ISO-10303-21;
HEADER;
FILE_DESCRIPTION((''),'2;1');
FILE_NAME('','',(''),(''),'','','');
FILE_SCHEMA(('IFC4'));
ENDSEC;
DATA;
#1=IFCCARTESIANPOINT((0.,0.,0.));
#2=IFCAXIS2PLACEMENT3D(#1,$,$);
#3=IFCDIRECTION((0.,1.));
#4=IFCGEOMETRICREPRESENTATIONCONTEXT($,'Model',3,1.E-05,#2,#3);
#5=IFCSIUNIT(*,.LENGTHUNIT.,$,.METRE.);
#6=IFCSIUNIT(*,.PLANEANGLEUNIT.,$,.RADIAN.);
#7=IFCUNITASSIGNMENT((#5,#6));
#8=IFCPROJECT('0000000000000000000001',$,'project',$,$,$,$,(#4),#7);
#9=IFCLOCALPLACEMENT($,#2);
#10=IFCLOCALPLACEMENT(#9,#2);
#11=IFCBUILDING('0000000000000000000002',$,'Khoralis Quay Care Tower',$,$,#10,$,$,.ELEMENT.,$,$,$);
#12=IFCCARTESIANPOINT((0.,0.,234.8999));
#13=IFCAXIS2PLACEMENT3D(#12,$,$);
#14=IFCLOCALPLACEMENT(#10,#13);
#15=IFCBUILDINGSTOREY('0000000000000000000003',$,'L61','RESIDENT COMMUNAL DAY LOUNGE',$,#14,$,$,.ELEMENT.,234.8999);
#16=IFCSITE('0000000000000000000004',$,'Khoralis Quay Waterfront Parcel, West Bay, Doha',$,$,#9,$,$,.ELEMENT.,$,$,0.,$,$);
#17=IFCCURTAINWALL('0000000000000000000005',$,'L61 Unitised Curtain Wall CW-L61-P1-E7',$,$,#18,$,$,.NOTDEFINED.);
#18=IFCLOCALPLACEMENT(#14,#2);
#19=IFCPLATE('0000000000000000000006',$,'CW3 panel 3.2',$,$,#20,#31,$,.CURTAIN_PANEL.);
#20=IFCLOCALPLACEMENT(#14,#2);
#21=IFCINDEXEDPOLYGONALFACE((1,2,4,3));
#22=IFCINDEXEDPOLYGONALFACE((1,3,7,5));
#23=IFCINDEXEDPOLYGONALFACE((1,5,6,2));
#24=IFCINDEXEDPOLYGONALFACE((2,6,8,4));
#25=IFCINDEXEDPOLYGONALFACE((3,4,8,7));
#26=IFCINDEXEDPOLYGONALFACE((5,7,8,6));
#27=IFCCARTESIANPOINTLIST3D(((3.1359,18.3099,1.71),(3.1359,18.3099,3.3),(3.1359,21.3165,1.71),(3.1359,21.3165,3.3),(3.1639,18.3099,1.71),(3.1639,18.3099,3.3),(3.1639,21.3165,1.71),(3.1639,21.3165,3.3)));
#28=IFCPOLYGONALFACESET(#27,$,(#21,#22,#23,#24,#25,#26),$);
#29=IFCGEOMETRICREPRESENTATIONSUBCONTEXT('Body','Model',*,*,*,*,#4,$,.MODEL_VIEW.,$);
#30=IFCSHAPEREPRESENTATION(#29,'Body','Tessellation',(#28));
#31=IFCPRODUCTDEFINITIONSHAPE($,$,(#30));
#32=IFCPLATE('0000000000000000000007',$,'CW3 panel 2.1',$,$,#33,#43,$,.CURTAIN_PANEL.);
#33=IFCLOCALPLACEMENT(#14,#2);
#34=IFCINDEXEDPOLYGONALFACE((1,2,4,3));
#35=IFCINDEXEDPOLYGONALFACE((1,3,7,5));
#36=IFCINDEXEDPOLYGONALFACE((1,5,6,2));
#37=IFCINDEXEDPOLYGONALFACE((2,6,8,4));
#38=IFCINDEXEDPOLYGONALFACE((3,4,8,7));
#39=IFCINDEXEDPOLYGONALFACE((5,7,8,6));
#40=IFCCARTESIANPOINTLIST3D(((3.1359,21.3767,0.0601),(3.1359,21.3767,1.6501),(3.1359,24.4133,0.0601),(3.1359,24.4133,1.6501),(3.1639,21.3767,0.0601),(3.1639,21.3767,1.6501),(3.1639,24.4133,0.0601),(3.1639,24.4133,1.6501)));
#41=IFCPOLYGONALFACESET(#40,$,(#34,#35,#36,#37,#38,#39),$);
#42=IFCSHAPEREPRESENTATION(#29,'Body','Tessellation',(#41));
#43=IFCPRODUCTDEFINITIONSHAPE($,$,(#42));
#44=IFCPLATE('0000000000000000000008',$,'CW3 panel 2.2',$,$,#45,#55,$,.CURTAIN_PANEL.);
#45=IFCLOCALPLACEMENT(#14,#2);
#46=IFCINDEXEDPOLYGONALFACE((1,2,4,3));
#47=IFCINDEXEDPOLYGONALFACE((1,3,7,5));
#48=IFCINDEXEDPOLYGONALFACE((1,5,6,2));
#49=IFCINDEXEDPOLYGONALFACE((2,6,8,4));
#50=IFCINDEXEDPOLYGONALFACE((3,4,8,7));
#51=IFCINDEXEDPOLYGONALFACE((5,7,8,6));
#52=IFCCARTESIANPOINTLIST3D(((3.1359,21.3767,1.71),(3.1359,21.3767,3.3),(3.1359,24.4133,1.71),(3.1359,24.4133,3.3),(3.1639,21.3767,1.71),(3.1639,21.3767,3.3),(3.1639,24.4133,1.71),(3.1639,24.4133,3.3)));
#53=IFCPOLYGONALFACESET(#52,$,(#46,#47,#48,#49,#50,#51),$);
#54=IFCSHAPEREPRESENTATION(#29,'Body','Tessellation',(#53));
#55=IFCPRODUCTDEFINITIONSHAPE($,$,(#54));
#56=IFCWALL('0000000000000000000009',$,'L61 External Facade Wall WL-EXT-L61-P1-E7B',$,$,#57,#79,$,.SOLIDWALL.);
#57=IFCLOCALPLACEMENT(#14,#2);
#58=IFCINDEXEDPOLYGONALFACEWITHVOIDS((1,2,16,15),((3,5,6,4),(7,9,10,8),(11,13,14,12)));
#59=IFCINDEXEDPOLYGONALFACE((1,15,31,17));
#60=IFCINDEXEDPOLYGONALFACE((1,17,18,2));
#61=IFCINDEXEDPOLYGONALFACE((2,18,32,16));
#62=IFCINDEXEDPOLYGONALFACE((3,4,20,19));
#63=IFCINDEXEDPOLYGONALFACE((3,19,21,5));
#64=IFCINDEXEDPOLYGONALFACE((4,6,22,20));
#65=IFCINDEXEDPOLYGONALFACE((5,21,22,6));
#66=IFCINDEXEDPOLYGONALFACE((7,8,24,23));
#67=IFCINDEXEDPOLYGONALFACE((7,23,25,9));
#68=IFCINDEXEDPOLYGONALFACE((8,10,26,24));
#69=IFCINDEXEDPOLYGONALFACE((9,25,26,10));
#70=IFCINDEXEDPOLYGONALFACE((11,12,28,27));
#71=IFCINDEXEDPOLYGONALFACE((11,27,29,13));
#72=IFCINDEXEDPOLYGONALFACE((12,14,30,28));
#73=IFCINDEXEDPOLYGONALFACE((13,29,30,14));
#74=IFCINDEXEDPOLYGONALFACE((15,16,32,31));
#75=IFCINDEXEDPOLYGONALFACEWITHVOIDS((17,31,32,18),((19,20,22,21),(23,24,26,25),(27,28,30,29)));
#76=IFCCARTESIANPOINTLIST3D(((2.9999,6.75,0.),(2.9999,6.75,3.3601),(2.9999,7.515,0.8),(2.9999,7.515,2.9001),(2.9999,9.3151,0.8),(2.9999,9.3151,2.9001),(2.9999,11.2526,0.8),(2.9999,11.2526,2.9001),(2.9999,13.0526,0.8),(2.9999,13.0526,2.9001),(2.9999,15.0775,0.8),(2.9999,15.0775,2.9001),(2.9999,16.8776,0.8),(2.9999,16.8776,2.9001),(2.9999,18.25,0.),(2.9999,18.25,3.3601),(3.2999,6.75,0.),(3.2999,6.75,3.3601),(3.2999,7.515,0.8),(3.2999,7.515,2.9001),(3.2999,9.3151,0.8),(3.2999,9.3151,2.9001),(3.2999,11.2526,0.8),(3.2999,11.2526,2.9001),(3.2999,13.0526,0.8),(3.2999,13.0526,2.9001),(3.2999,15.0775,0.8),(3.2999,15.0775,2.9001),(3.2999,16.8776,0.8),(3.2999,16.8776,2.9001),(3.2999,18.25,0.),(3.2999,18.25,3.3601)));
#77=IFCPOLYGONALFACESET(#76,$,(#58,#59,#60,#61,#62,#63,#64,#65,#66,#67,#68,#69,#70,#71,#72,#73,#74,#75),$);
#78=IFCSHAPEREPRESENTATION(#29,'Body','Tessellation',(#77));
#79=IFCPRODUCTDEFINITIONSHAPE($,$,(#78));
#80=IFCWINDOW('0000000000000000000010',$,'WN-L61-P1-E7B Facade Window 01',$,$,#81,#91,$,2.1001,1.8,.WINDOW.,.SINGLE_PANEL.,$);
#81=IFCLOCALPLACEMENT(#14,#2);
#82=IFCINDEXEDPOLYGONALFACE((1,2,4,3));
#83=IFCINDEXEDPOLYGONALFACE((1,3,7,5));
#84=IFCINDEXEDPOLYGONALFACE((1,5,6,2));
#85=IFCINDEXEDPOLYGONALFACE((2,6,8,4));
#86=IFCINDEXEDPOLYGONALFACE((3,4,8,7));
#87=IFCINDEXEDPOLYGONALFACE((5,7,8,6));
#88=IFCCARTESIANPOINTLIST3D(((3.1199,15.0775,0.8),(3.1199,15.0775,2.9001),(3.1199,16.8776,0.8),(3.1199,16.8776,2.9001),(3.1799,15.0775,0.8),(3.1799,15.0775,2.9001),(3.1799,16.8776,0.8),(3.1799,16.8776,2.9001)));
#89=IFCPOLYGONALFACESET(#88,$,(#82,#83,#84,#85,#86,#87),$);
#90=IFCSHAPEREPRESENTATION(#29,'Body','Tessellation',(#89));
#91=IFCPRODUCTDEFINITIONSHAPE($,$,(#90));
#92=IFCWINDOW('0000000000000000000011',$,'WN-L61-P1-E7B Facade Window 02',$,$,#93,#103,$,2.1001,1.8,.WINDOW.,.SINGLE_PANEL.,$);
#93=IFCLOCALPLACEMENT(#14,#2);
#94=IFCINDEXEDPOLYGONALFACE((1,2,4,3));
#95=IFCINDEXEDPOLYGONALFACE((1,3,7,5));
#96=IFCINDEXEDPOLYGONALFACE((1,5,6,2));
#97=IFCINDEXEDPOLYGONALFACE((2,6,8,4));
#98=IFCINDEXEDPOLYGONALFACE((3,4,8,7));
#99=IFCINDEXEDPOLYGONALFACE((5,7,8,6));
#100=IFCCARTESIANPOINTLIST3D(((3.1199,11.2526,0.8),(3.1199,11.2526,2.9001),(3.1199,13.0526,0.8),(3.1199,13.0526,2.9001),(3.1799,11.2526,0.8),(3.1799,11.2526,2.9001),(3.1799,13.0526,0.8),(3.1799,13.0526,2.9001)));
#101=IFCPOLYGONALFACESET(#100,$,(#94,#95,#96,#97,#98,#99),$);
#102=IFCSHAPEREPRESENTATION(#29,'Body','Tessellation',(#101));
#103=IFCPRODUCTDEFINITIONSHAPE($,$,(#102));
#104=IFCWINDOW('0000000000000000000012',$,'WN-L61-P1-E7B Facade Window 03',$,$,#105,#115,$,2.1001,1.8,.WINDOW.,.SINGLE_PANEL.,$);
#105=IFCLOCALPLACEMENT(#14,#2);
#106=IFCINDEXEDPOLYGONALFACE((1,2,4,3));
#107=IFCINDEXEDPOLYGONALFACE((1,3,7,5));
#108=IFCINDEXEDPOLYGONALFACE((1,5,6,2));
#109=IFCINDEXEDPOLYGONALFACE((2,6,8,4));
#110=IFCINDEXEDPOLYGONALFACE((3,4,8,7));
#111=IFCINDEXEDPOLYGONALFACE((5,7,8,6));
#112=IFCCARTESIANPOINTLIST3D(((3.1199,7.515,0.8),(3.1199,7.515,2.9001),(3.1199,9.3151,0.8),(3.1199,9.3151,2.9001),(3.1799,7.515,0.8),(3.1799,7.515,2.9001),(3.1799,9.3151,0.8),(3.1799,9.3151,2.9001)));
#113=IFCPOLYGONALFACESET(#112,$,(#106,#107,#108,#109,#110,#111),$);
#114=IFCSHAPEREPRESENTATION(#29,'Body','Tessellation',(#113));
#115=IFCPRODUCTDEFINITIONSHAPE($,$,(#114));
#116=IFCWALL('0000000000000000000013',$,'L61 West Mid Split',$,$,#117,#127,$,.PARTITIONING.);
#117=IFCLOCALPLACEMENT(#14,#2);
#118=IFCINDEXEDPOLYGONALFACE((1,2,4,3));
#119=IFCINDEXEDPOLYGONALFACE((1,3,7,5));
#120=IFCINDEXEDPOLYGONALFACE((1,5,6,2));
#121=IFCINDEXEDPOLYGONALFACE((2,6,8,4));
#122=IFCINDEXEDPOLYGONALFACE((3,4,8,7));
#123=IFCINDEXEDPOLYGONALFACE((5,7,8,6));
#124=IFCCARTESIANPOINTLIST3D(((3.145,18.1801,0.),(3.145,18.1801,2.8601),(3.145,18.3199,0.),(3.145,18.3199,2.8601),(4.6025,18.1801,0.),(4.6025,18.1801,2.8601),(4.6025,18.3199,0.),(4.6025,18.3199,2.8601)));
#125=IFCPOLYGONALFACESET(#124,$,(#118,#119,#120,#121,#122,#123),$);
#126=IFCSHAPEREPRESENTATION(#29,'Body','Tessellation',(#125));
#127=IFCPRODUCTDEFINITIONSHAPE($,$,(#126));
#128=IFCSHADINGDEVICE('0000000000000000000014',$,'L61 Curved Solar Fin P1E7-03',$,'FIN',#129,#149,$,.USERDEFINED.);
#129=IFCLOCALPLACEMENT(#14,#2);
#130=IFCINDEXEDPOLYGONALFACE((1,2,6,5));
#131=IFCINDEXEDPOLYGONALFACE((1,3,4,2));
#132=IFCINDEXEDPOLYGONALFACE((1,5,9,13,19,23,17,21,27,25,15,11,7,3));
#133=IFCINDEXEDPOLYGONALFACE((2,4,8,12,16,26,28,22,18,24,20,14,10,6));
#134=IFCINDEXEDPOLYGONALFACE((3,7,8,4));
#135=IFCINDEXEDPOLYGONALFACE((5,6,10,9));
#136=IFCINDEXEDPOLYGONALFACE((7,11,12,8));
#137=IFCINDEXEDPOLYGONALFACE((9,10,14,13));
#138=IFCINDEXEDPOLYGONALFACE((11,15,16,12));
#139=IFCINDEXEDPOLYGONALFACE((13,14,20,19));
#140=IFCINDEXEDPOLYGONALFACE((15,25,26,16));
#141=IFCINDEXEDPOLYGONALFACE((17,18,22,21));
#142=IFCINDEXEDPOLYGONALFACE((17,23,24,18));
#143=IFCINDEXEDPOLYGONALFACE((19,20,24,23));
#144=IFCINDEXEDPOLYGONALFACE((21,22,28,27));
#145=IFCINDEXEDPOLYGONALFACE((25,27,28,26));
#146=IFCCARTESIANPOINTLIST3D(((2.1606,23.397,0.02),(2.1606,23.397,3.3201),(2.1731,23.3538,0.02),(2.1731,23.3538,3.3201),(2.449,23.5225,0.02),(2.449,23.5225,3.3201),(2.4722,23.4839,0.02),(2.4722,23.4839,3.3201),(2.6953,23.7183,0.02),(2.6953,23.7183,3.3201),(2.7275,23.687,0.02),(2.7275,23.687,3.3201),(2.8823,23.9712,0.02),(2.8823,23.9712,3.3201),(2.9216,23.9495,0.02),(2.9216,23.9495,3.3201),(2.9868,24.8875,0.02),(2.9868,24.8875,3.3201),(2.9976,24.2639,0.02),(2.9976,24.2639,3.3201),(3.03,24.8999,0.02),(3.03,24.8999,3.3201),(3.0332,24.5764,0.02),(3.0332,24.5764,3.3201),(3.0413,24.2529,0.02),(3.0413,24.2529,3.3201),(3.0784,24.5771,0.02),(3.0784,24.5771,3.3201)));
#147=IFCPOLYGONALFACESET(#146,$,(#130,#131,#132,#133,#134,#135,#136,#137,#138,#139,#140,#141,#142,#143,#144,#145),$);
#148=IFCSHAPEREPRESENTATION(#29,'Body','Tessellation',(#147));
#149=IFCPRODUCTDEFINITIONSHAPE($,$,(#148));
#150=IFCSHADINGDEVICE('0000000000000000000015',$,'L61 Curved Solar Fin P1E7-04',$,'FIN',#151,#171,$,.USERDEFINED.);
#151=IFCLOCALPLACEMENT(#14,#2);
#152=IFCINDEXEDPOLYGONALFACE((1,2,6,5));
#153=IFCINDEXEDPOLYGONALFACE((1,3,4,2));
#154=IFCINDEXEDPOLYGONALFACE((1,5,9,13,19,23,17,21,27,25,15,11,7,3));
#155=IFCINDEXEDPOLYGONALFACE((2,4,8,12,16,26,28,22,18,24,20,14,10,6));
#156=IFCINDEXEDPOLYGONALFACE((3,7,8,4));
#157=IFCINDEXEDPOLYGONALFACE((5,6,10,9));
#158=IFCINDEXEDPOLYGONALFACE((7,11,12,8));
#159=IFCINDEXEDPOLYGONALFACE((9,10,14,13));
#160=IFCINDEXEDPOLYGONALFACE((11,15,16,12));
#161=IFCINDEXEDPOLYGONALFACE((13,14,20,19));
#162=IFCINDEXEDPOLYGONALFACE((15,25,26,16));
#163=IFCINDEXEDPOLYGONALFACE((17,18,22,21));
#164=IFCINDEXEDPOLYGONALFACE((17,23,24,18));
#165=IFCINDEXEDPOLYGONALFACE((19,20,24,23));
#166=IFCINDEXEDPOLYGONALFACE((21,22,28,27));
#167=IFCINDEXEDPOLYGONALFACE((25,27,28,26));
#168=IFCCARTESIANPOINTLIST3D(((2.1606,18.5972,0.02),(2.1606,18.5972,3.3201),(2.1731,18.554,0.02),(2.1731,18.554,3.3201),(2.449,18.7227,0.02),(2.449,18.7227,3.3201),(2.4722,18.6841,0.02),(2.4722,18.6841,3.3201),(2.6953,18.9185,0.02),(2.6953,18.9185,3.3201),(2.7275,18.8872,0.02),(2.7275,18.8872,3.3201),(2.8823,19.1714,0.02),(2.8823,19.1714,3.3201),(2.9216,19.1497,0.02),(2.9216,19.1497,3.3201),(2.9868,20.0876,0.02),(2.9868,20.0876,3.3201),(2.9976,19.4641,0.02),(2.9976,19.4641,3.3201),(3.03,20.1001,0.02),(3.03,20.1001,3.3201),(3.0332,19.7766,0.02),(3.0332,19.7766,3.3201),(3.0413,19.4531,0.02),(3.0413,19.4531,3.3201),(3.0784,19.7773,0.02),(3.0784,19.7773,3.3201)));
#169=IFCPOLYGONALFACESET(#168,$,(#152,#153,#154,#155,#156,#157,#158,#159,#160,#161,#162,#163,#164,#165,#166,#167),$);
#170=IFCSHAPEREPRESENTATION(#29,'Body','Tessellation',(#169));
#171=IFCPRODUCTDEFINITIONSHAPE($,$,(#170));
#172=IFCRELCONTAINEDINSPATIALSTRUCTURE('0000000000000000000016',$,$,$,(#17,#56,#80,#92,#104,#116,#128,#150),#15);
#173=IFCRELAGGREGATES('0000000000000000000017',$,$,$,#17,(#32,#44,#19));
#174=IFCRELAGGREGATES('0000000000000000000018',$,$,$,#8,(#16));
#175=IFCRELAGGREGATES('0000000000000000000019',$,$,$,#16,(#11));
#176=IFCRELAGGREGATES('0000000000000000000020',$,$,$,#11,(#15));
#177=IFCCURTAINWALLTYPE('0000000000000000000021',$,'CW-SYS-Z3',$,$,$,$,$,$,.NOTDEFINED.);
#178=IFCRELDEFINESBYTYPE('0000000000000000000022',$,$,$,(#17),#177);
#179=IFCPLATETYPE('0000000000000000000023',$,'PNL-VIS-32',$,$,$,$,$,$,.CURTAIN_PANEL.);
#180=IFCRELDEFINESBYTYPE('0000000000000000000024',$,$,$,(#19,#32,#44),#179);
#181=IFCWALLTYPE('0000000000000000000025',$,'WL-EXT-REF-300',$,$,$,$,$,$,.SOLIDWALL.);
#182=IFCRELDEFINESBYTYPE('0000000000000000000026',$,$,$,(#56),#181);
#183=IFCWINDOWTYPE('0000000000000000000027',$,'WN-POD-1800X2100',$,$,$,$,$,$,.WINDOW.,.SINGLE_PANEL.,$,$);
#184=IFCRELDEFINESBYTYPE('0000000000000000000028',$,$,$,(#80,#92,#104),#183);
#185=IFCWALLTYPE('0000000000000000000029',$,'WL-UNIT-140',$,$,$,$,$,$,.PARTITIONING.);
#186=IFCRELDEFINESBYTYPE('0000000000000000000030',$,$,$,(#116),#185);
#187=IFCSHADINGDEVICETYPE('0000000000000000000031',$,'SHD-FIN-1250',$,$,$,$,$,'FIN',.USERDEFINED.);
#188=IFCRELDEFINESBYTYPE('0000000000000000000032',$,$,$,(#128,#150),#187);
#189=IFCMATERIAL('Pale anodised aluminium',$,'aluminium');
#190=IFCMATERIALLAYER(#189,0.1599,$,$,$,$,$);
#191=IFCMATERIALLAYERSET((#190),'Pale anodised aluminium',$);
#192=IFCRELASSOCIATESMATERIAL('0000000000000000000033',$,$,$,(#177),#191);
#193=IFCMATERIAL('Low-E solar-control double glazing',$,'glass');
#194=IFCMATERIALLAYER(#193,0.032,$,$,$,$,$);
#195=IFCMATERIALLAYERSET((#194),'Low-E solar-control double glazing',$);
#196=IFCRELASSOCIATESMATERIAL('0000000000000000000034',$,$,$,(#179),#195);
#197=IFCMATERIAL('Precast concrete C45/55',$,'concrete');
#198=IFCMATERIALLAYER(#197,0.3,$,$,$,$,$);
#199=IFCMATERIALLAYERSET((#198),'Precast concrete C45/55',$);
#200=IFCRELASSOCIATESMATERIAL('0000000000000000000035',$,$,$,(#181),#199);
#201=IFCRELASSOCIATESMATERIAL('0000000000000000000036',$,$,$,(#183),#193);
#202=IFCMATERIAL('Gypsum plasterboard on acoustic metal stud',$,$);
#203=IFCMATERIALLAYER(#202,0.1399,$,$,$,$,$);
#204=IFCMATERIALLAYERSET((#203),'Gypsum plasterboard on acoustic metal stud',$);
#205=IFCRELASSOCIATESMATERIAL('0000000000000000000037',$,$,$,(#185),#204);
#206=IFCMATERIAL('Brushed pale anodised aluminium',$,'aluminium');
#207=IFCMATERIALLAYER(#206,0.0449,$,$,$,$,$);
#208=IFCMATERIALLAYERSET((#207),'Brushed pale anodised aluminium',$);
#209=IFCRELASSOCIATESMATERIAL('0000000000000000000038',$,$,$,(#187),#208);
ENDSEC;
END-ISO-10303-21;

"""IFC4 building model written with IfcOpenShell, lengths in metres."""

from ifc_helpers import new_model, si_unit, direction, frame, frame_2d, origin, origin_2d, place, context, subcontext, project, spatial, polyline, rectangle, outline, extrude, source, transform, mapped, material, layer, layer_set, type_object, element, fill, aggregate, save


model = new_model("IFC4")

# Units and contexts
model_context = context("Model", 3, precision=1e-05, world=origin(), true_north=direction((0.0, 1.0)))
body_context = subcontext(model_context, "Body", "Model", "MODEL_VIEW")
ifc_project = project(units=[si_unit("LENGTHUNIT", "METRE"), si_unit("PLANEANGLEUNIT", "RADIAN")], contexts=[model_context])

# Site, building, storey
site_placement = place(None, origin())
site = spatial("IfcSite", under=ifc_project, at=site_placement, Name="Khoralis Quay Waterfront Parcel, West Bay, Doha", CompositionType="ELEMENT", RefElevation=0.0)
building_placement = place(site_placement, origin())
building = spatial("IfcBuilding", under=site, at=building_placement, Name="Khoralis Quay Care Tower", CompositionType="ELEMENT")
storey_placement = place(building_placement, frame((0.0, 0.0, 234.8999)))
storey = spatial("IfcBuildingStorey", under=building, at=storey_placement, Name="L61", Description="RESIDENT COMMUNAL DAY LOUNGE", CompositionType="ELEMENT", Elevation=234.8999)

# Curtain wall, plates
ifc_material_1 = material(Name="Pale anodised aluminium", Category="aluminium")
ifc_layer_1 = layer(ifc_material_1, 0.1599)
ifc_layer_set_1 = layer_set([ifc_layer_1], Name="Pale anodised aluminium")
curtain_wall_type = type_object("IfcCurtainWallType", Name="CW-SYS-Z3", PredefinedType="NOTDEFINED", material=ifc_layer_set_1)
curtain_wall_placement = place(storey_placement, origin())
curtain_wall = element("IfcCurtainWall", 1, at=curtain_wall_placement, inside=storey, type_object=curtain_wall_type, Name="L61 Unitised Curtain Wall CW-L61-P1-E7", PredefinedType="NOTDEFINED")
ifc_material_2 = material(Name="Low-E solar-control double glazing", Category="glass")
ifc_layer_2 = layer(ifc_material_2, 0.032)
ifc_layer_set_2 = layer_set([ifc_layer_2], Name="Low-E solar-control double glazing")
plate_type = type_object("IfcPlateType", Name="PNL-VIS-32", PredefinedType="CURTAIN_PANEL", material=ifc_layer_set_2)
shared_shape_1 = source(origin(), body_context, "Body", "SweptSolid", [
    extrude(rectangle(XDim=3.0066, YDim=0.0281, at=origin_2d()), origin(), (0.0, 0.0, 1.0), 1.5901),
])
plate_1_placement = place(storey_placement, frame((3.1499, 19.8132, 1.71), z_axis=(0.0, 0.0, 1.0), x_axis=(0.0, -1.0, 0.0)))
plate_1 = element("IfcPlate", 2, at=plate_1_placement, type_object=plate_type, Name="CW3 panel 3.2", PredefinedType="CURTAIN_PANEL", context=body_context, shape_type="MappedRepresentation", body=[
    mapped(shared_shape_1, transform((0.0, 0.0, 0.0), scale=1.0)),
])
shared_shape_2 = source(origin(), body_context, "Body", "SweptSolid", [
    extrude(rectangle(XDim=3.0366, YDim=0.0281, at=origin_2d()), origin(), (0.0, 0.0, 1.0), 1.5901),
])
plate_2_placement = place(storey_placement, frame((3.1499, 22.895, 0.0601), z_axis=(0.0, 0.0, 1.0), x_axis=(0.0, -1.0, 0.0)))
plate_2 = element("IfcPlate", 3, at=plate_2_placement, type_object=plate_type, Name="CW3 panel 2.1", PredefinedType="CURTAIN_PANEL", context=body_context, shape_type="MappedRepresentation", body=[
    mapped(shared_shape_2, transform((0.0, 0.0, 0.0), scale=1.0)),
])
plate_3_placement = place(storey_placement, frame((3.1499, 22.895, 1.71), z_axis=(0.0, 0.0, 1.0), x_axis=(0.0, -1.0, 0.0)))
plate_3 = element("IfcPlate", 4, at=plate_3_placement, type_object=plate_type, Name="CW3 panel 2.2", PredefinedType="CURTAIN_PANEL", context=body_context, shape_type="MappedRepresentation", body=[
    mapped(shared_shape_2, transform((0.0, 0.0, 0.0), scale=1.0)),
])
aggregate(curtain_wall, [plate_2, plate_3, plate_1])

# Wall, openings, windows
ifc_material_3 = material(Name="Precast concrete C45/55", Category="concrete")
ifc_layer_3 = layer(ifc_material_3, 0.3)
ifc_layer_set_3 = layer_set([ifc_layer_3], Name="Precast concrete C45/55")
wall_type_1 = type_object("IfcWallType", Name="WL-EXT-REF-300", PredefinedType="SOLIDWALL", material=ifc_layer_set_3)
wall_1_placement = place(storey_placement, frame((3.1499, 18.25, 0.0), z_axis=(0.0, 0.0, 1.0), x_axis=(0.0, -1.0, 0.0)))
wall_1 = element("IfcWall", 5, at=wall_1_placement, inside=storey, type_object=wall_type_1, Name="L61 External Facade Wall WL-EXT-L61-P1-E7B", PredefinedType="SOLIDWALL", context=body_context, shape_type="SweptSolid", body=[
    extrude(rectangle(XDim=11.5, YDim=0.3, at=frame_2d((5.75, 0.0))), origin(), (0.0, 0.0, 1.0), 3.3601),
])
opening_1_placement = place(wall_1_placement, frame((1.3726, 0.0, 0.8)))
opening_1 = element("IfcOpeningElement", 6, at=opening_1_placement, cuts=wall_1, PredefinedType="OPENING", context=body_context, shape_type="SweptSolid", body=[
    extrude(rectangle(XDim=1.8, YDim=2.1001, at=frame_2d((0.8999, 1.05))), frame((0.0, 0.1602, 0.0), z_axis=(0.0, -1.0, 0.0), x_axis=(1.0, 0.0, 0.0)), (0.0, 0.0, 1.0), 0.3201),
])
opening_2_placement = place(wall_1_placement, frame((5.1975, 0.0, 0.8)))
opening_2 = element("IfcOpeningElement", 7, at=opening_2_placement, cuts=wall_1, PredefinedType="OPENING", context=body_context, shape_type="SweptSolid", body=[
    extrude(rectangle(XDim=1.8, YDim=2.1001, at=frame_2d((0.8999, 1.05))), frame((0.0, 0.1602, 0.0), z_axis=(0.0, -1.0, 0.0), x_axis=(1.0, 0.0, 0.0)), (0.0, 0.0, 1.0), 0.3201),
])
opening_3_placement = place(wall_1_placement, frame((8.9351, 0.0, 0.8)))
opening_3 = element("IfcOpeningElement", 8, at=opening_3_placement, cuts=wall_1, PredefinedType="OPENING", context=body_context, shape_type="SweptSolid", body=[
    extrude(rectangle(XDim=1.8, YDim=2.1001, at=frame_2d((0.8999, 1.05))), frame((0.0, 0.1602, 0.0), z_axis=(0.0, -1.0, 0.0), x_axis=(1.0, 0.0, 0.0)), (0.0, 0.0, 1.0), 0.3201),
])
window_type = type_object("IfcWindowType", Name="WN-POD-1800X2100", PartitioningType="SINGLE_PANEL", PredefinedType="WINDOW", material=ifc_material_2)
shared_shape_3 = source(origin(), body_context, "Body", "SweptSolid", [
    extrude(rectangle(XDim=1.8, YDim=2.1001, at=frame_2d((0.8999, 1.05))), frame((0.0, 0.03, 0.0), z_axis=(0.0, -1.0, 0.0), x_axis=(1.0, 0.0, 0.0)), (0.0, 0.0, 1.0), 0.0601),
])
window_1_placement = place(opening_1_placement, origin())
window_1 = element("IfcWindow", 9, at=window_1_placement, inside=storey, type_object=window_type, Name="WN-L61-P1-E7B Facade Window 01", OverallHeight=2.1001, OverallWidth=1.8, PartitioningType="SINGLE_PANEL", PredefinedType="WINDOW", context=body_context, shape_type="MappedRepresentation", body=[
    mapped(shared_shape_3, transform((0.0, 0.0, 0.0), scale=1.0)),
])
fill(opening_1, window_1)
window_2_placement = place(opening_2_placement, origin())
window_2 = element("IfcWindow", 10, at=window_2_placement, inside=storey, type_object=window_type, Name="WN-L61-P1-E7B Facade Window 02", OverallHeight=2.1001, OverallWidth=1.8, PartitioningType="SINGLE_PANEL", PredefinedType="WINDOW", context=body_context, shape_type="MappedRepresentation", body=[
    mapped(shared_shape_3, transform((0.0, 0.0, 0.0), scale=1.0)),
])
fill(opening_2, window_2)
window_3_placement = place(opening_3_placement, origin())
window_3 = element("IfcWindow", 11, at=window_3_placement, inside=storey, type_object=window_type, Name="WN-L61-P1-E7B Facade Window 03", OverallHeight=2.1001, OverallWidth=1.8, PartitioningType="SINGLE_PANEL", PredefinedType="WINDOW", context=body_context, shape_type="MappedRepresentation", body=[
    mapped(shared_shape_3, transform((0.0, 0.0, 0.0), scale=1.0)),
])
fill(opening_3, window_3)

# Wall
ifc_material_4 = material(Name="Gypsum plasterboard on acoustic metal stud")
ifc_layer_4 = layer(ifc_material_4, 0.1399)
ifc_layer_set_4 = layer_set([ifc_layer_4], Name="Gypsum plasterboard on acoustic metal stud")
wall_type_2 = type_object("IfcWallType", Name="WL-UNIT-140", PredefinedType="PARTITIONING", material=ifc_layer_set_4)
wall_2_placement = place(storey_placement, frame((3.145, 18.25, 0.0), z_axis=(0.0, 0.0, 1.0), x_axis=(1.0, 0.0, 0.0)))
element("IfcWall", 12, at=wall_2_placement, inside=storey, type_object=wall_type_2, Name="L61 West Mid Split", PredefinedType="PARTITIONING", context=body_context, shape_type="SweptSolid", body=[
    extrude(rectangle(XDim=1.4575, YDim=0.1399, at=frame_2d((0.7288, 0.0))), origin(), (0.0, 0.0, 1.0), 2.8601),
])

# Shading devices
ifc_material_5 = material(Name="Brushed pale anodised aluminium", Category="aluminium")
ifc_layer_5 = layer(ifc_material_5, 0.0449)
ifc_layer_set_5 = layer_set([ifc_layer_5], Name="Brushed pale anodised aluminium")
shading_device_type = type_object("IfcShadingDeviceType", Name="SHD-FIN-1250", ElementType="FIN", PredefinedType="USERDEFINED", material=ifc_layer_set_5)
shared_shape_4 = source(origin(), body_context, "Body", "SweptSolid", [
    extrude(outline(polyline([(0.0, 0.0), (-0.0483, 0.3228), (-0.0112, 0.647), (0.1084, 0.9504), (0.3025, 1.2129), (0.5579, 1.416), (0.8569, 1.5461), (0.8694, 1.5029), (0.5811, 1.3774), (0.3347, 1.1816), (0.1477, 0.9287), (0.0325, 0.636), (-0.0032, 0.3235), (0.0432, 0.0125), (0.0, 0.0)])), origin(), (0.0, 0.0, 1.0), 3.3),
])
for number, where, z_axis, x_axis, name in (
    (13, (3.03, 24.8999, 0.02), (0.0, 0.0, 1.0), (-1.0, 0.0, 0.0), "L61 Curved Solar Fin P1E7-03"),
    (14, (3.03, 20.1001, 0.02), (0.0, 0.0, 1.0), (-1.0, 0.0, 0.0), "L61 Curved Solar Fin P1E7-04"),
):
    element("IfcShadingDevice", number, at=place(storey_placement, frame(where, z_axis=z_axis, x_axis=x_axis)), inside=storey, type_object=shading_device_type, Name=name, ObjectType="FIN", PredefinedType="USERDEFINED", context=body_context, shape_type="MappedRepresentation", body=[
        mapped(shared_shape_4, transform((0.0, 0.0, 0.0), scale=1.0)),
    ])

save(model, "model.ifc")
